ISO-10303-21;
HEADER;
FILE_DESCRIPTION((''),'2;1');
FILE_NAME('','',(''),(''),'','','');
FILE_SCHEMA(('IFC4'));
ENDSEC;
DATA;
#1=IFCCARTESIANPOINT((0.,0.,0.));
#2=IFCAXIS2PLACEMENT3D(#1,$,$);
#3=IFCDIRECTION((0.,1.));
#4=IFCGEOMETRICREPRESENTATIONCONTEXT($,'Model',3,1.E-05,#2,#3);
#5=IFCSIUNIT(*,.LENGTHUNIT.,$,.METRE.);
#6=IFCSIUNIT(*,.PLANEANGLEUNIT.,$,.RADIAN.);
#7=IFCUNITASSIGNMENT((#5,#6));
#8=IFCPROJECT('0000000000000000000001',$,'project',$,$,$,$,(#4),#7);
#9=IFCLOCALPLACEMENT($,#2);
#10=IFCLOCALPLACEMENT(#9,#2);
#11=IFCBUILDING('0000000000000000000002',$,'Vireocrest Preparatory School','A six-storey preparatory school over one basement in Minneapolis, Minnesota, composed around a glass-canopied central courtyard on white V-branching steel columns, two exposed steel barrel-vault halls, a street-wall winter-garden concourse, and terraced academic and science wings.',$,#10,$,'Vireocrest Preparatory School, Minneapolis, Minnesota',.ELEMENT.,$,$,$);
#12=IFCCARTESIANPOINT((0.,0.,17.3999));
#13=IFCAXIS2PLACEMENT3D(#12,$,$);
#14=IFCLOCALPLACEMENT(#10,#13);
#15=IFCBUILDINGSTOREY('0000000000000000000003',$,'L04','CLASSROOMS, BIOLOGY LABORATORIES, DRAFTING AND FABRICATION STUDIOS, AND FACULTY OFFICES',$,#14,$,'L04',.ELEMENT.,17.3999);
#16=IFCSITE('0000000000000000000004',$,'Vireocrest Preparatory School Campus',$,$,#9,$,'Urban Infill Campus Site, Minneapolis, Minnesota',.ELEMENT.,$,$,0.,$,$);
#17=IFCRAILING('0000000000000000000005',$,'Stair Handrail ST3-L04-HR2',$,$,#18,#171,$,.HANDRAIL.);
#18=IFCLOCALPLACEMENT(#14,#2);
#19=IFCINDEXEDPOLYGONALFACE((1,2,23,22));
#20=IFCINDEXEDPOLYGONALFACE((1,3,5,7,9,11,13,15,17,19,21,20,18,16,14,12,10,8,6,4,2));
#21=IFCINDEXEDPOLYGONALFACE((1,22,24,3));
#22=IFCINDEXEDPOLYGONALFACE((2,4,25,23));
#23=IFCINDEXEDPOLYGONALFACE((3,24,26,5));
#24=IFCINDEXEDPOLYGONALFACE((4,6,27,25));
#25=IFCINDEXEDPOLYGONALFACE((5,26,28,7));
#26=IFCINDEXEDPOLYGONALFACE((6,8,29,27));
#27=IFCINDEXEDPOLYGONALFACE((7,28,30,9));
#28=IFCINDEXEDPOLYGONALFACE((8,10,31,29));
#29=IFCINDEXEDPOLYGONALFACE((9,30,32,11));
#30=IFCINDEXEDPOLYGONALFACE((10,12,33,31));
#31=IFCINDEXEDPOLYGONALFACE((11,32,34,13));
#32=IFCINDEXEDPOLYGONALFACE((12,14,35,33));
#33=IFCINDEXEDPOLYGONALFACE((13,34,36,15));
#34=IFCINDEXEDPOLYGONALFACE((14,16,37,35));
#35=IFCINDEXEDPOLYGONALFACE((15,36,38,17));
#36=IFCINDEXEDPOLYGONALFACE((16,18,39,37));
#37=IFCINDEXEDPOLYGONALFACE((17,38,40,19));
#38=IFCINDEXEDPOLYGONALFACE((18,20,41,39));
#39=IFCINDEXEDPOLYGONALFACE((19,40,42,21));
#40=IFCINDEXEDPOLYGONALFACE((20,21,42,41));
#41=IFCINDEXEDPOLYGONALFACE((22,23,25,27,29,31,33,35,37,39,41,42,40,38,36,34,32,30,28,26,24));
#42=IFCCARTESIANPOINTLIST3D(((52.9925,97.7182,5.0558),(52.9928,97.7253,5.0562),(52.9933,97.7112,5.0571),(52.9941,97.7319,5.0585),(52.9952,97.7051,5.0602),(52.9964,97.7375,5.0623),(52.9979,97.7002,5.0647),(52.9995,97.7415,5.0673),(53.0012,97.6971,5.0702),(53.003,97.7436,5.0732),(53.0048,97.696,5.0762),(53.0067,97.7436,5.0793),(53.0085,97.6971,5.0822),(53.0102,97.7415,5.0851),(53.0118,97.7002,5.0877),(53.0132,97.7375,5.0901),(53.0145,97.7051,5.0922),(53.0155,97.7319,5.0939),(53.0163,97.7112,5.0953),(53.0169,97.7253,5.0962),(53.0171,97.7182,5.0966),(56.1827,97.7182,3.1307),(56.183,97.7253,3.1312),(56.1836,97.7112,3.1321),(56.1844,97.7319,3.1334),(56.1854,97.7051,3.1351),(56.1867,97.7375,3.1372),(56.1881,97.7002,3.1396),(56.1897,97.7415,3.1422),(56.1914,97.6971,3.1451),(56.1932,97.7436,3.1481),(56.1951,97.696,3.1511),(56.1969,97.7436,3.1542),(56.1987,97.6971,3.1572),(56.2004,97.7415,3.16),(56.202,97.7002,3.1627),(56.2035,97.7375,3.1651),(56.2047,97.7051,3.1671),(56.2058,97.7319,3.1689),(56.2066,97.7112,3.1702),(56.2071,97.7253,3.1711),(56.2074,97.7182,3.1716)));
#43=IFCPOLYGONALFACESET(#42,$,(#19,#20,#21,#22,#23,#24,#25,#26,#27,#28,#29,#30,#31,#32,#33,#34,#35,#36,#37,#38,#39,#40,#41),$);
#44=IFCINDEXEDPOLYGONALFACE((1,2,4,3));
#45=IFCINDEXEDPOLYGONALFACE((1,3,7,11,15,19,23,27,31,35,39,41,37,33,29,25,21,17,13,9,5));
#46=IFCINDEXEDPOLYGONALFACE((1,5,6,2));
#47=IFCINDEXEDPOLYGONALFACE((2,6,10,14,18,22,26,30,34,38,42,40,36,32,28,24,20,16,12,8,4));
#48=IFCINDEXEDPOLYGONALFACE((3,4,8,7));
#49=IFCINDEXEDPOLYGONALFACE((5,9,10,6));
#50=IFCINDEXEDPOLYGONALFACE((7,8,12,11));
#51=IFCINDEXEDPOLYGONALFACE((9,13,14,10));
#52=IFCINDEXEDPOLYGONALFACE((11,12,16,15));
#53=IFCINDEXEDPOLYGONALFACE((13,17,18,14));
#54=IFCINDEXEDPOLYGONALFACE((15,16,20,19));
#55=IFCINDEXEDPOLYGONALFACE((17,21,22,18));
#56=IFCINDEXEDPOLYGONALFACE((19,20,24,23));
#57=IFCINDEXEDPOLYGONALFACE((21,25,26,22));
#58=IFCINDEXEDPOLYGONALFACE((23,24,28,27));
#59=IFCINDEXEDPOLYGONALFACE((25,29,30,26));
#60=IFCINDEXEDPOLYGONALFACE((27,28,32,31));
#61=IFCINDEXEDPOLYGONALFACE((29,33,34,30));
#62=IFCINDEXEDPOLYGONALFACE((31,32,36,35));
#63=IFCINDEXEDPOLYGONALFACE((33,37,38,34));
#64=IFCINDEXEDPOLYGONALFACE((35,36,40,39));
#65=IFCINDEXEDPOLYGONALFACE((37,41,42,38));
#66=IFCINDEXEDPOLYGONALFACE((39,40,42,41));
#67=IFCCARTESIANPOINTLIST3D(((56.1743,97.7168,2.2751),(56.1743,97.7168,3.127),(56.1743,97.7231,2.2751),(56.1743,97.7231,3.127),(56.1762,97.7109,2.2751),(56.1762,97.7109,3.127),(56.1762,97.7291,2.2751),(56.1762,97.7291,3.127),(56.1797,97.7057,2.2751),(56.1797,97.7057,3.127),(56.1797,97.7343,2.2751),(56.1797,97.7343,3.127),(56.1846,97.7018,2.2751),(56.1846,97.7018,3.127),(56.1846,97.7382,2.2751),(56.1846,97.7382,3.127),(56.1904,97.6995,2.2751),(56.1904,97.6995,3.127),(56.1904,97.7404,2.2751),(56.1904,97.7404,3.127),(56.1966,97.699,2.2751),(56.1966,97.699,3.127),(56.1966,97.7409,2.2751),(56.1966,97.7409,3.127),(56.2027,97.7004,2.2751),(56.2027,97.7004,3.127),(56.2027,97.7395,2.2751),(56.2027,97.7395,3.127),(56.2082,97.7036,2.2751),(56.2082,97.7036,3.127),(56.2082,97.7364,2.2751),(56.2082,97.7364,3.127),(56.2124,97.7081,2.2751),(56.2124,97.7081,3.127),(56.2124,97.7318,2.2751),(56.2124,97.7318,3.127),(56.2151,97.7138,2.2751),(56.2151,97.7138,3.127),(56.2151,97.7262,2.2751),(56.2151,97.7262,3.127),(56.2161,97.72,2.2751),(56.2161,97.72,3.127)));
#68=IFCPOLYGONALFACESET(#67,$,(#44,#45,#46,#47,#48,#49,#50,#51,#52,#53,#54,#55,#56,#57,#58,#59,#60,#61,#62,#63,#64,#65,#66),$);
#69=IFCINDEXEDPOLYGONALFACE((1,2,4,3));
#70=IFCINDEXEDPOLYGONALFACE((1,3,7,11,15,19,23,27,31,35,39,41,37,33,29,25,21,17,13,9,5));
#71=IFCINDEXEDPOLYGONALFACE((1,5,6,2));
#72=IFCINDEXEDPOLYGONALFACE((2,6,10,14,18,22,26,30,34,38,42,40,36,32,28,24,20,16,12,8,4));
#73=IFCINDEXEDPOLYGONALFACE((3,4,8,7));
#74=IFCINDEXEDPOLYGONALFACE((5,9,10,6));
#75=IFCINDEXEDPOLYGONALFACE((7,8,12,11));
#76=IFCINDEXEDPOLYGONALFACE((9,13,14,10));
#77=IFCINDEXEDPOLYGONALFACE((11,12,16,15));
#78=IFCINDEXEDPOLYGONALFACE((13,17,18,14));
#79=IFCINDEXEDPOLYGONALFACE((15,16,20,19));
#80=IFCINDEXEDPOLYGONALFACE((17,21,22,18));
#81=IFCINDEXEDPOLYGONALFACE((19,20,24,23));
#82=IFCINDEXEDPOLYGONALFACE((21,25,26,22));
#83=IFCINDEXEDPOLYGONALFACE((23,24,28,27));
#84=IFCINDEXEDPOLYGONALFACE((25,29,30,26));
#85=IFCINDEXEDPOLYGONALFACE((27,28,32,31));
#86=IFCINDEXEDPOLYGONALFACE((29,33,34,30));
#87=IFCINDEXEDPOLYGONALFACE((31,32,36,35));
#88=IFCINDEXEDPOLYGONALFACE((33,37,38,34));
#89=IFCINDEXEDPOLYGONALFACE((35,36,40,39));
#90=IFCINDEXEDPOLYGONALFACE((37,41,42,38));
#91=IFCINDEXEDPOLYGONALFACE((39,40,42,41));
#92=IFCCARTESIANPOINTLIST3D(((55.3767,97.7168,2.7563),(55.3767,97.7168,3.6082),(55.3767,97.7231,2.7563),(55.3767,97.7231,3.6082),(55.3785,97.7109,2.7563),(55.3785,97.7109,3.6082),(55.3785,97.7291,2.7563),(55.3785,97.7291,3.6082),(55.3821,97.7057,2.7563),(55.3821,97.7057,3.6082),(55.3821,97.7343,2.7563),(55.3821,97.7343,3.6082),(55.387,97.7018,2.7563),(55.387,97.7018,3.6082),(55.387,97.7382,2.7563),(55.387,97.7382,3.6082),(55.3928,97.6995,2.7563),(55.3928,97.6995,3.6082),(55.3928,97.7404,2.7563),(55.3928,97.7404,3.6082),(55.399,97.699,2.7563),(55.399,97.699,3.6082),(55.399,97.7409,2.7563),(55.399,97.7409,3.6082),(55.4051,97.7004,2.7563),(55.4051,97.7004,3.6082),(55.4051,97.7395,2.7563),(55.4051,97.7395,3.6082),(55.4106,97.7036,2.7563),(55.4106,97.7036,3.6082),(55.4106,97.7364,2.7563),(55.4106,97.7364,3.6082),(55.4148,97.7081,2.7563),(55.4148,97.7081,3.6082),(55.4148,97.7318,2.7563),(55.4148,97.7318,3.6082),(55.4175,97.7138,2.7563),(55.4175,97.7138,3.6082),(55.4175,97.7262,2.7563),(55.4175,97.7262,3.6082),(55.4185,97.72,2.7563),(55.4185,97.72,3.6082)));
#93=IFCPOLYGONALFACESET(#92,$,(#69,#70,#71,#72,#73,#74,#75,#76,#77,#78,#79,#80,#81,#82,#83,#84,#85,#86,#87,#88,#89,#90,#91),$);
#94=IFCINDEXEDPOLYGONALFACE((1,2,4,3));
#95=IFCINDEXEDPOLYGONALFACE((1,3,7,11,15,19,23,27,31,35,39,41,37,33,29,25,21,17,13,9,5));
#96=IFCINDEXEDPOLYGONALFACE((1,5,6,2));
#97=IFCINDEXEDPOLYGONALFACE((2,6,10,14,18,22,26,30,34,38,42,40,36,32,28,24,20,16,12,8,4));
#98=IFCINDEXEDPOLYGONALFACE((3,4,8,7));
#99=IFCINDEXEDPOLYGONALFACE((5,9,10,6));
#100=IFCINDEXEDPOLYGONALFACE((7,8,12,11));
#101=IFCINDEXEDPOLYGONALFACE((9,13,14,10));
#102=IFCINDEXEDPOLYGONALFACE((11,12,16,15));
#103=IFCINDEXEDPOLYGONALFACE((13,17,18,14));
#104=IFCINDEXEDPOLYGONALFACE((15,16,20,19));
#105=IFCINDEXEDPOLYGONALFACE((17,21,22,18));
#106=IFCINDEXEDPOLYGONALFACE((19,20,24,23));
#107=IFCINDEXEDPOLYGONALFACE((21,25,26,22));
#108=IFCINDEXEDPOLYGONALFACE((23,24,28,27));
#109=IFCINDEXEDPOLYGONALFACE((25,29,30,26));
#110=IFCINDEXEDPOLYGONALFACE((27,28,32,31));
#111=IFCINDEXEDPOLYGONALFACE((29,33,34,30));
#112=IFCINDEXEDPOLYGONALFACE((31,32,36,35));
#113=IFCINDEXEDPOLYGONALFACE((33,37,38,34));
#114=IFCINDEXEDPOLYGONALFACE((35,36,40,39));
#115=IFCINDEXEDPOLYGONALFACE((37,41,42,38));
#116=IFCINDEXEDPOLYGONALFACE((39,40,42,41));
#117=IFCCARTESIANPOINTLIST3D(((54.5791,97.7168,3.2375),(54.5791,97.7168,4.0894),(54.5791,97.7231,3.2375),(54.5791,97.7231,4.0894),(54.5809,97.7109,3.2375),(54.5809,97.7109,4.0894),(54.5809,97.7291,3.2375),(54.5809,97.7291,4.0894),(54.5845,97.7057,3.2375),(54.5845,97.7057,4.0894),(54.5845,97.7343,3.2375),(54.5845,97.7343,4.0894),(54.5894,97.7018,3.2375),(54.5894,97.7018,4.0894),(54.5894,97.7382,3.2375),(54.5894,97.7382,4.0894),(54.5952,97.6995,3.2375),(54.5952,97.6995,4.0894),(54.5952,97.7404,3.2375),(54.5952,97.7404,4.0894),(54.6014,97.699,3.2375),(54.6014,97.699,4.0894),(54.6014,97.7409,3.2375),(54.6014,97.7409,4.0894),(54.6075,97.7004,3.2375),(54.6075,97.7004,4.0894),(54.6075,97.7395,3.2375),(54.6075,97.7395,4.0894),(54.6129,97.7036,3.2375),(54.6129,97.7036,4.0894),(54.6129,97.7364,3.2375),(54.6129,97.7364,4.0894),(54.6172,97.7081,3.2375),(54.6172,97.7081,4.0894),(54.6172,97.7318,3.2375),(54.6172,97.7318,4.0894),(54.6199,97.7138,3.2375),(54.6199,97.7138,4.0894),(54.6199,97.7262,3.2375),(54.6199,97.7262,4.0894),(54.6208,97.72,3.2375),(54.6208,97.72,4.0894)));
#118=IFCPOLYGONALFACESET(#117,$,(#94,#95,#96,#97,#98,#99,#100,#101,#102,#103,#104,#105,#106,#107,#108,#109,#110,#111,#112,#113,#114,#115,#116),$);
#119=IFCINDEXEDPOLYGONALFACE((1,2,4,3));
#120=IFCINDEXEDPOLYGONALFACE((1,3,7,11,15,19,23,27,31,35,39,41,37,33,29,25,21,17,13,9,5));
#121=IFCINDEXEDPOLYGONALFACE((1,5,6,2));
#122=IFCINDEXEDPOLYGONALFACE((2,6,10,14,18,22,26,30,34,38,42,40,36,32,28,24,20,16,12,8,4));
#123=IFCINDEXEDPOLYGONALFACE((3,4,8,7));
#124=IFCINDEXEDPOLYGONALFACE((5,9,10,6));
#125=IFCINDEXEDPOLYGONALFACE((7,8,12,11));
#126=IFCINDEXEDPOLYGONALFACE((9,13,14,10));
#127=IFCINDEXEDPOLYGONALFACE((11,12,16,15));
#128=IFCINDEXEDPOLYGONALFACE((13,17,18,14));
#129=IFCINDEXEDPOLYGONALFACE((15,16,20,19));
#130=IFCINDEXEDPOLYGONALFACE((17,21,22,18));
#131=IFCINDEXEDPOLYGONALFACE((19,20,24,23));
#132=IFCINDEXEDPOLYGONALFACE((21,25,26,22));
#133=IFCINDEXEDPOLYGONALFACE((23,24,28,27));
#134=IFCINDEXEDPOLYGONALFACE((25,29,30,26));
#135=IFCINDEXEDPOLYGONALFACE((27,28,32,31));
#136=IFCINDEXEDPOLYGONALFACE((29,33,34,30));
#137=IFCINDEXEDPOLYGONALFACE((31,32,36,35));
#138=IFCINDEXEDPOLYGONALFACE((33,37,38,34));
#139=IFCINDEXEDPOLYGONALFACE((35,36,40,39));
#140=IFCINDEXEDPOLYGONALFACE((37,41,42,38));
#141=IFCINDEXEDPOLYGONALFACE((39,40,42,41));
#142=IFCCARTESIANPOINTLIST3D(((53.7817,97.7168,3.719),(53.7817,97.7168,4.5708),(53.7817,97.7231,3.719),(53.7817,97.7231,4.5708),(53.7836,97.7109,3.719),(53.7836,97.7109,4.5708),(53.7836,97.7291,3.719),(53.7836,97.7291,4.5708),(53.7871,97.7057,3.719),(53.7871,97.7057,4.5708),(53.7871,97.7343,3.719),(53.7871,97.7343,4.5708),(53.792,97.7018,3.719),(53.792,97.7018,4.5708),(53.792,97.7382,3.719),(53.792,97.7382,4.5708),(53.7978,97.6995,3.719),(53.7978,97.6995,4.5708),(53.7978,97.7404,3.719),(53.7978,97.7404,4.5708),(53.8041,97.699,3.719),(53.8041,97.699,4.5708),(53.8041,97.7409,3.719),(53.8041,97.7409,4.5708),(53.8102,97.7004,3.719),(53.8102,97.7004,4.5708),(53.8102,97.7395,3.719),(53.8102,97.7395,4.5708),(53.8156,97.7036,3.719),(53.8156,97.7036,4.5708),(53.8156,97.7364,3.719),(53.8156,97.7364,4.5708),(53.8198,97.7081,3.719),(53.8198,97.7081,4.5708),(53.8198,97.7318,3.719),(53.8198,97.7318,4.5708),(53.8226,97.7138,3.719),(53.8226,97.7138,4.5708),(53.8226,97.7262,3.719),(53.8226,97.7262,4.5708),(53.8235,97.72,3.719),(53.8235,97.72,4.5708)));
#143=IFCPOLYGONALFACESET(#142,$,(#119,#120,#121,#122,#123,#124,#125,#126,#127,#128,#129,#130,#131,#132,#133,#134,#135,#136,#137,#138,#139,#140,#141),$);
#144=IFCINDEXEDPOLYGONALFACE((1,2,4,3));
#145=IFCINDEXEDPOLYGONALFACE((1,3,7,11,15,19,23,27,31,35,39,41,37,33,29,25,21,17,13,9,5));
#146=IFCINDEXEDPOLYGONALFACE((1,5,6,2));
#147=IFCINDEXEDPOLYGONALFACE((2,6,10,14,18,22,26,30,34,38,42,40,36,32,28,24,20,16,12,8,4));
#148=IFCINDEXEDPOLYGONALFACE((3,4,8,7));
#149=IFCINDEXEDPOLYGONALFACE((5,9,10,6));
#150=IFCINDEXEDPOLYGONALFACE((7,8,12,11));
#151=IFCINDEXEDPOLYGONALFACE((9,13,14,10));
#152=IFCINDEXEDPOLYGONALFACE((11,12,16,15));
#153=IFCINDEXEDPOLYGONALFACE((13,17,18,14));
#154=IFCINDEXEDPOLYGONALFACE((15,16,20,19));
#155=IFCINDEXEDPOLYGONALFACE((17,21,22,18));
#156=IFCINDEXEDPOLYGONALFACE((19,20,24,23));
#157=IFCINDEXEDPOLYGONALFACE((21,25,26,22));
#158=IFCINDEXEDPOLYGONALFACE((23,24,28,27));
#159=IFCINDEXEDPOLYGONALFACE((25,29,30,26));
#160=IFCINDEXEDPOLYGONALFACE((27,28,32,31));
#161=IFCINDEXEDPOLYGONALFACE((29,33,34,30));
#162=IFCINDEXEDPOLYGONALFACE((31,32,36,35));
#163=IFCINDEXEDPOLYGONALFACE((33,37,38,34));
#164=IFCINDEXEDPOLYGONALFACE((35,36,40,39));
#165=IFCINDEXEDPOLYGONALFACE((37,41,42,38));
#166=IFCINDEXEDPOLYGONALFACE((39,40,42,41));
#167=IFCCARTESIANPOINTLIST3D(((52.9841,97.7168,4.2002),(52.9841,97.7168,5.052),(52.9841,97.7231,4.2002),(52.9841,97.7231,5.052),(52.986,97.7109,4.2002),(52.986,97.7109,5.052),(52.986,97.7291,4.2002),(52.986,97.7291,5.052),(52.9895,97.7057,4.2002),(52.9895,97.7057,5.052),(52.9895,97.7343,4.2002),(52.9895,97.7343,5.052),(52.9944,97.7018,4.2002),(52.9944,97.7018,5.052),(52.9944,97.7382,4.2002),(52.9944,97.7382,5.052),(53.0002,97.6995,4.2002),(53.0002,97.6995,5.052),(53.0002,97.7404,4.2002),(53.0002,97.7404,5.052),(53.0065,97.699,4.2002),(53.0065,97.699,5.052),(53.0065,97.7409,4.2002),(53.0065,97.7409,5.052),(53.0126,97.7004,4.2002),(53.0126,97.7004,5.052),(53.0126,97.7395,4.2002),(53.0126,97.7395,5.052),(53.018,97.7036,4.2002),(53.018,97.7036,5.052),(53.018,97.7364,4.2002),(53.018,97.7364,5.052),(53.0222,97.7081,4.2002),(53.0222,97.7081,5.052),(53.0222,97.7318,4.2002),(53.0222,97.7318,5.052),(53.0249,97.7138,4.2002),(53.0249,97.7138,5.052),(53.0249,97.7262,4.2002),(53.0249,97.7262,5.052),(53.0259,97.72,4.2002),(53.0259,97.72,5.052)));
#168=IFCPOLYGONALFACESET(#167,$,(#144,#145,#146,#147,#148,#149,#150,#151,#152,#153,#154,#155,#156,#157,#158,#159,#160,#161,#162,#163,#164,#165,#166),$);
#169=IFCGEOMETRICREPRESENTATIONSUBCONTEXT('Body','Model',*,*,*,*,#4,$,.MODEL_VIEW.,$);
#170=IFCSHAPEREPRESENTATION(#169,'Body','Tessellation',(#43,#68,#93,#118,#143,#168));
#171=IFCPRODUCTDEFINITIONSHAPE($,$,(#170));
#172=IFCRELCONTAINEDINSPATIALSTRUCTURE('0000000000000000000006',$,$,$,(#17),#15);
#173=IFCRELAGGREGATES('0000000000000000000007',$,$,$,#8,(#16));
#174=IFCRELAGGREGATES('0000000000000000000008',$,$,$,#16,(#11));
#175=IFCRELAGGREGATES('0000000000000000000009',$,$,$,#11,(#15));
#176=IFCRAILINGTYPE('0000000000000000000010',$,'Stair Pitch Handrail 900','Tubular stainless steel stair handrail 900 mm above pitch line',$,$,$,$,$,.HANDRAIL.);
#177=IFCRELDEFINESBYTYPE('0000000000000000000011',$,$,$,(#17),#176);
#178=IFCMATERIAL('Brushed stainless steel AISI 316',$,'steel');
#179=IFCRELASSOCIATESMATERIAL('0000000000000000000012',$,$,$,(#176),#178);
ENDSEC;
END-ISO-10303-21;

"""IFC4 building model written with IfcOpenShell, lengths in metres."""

from ifc_helpers import new_model, si_unit, direction, frame, origin, origin_2d, place, context, subcontext, project, spatial, circle, extrude, material, type_object, element, save


model = new_model("IFC4")

# Units and contexts
model_context = context("Model", 3, precision=1e-05, world=origin(), true_north=direction((0.0, 1.0)))
body_context = subcontext(model_context, "Body", "Model", "MODEL_VIEW")
ifc_project = project(units=[si_unit("LENGTHUNIT", "METRE"), si_unit("PLANEANGLEUNIT", "RADIAN")], contexts=[model_context])

# Site, building, storey
site_placement = place(None, origin())
site = spatial("IfcSite", under=ifc_project, at=site_placement, Name="Vireocrest Preparatory School Campus", LongName="Urban Infill Campus Site, Minneapolis, Minnesota", CompositionType="ELEMENT", RefElevation=0.0)
building_placement = place(site_placement, origin())
building = spatial("IfcBuilding", under=site, at=building_placement, Name="Vireocrest Preparatory School", Description="A six-storey preparatory school over one basement in Minneapolis, Minnesota, composed around a glass-canopied central courtyard on white V-branching steel columns, two exposed steel barrel-vault halls, a street-wall winter-garden concourse, and terraced academic and science wings.", LongName="Vireocrest Preparatory School, Minneapolis, Minnesota", CompositionType="ELEMENT")
storey_placement = place(building_placement, frame((0.0, 0.0, 17.3999)))
storey = spatial("IfcBuildingStorey", under=building, at=storey_placement, Name="L04", Description="CLASSROOMS, BIOLOGY LABORATORIES, DRAFTING AND FABRICATION STUDIOS, AND FACULTY OFFICES", LongName="L04", CompositionType="ELEMENT", Elevation=17.3999)

# Railing
ifc_material_1 = material(Name="Brushed stainless steel AISI 316", Category="steel")
railing_type_1 = type_object("IfcRailingType", Name="Stair Pitch Handrail 900", Description="Tubular stainless steel stair handrail 900 mm above pitch line", PredefinedType="HANDRAIL", material=ifc_material_1)
railing_1_placement = place(storey_placement, frame((56.1951, 97.72, 2.2751)))
element("IfcRailing", 1, at=railing_1_placement, inside=storey, type_object=railing_type_1, Name="Stair Handrail ST3-L04-HR2", PredefinedType="HANDRAIL", context=body_context, shape_type="SweptSolid", body=[
    extrude(circle(Radius=0.0239, at=origin_2d()), frame((0.0, 0.0, 0.876), z_axis=(-0.856195, 0.0, 0.516653), x_axis=(0.0, -1.0, 0.0)), (0.0, 0.0, 1.0), 3.7261),
    extrude(circle(Radius=0.021, at=origin_2d()), origin(), (0.0, 0.0, 1.0), 0.8518),
    extrude(circle(Radius=0.021, at=origin_2d()), frame((-0.7976, 0.0, 0.4812)), (0.0, 0.0, 1.0), 0.8518),
    extrude(circle(Radius=0.021, at=origin_2d()), frame((-1.5952, 0.0, 0.9624)), (0.0, 0.0, 1.0), 0.8518),
    extrude(circle(Radius=0.021, at=origin_2d()), frame((-2.3926, 0.0, 1.4438)), (0.0, 0.0, 1.0), 0.8518),
    extrude(circle(Radius=0.021, at=origin_2d()), frame((-3.1902, 0.0, 1.925)), (0.0, 0.0, 1.0), 0.8518),
])

save(model, "model.ifc")
